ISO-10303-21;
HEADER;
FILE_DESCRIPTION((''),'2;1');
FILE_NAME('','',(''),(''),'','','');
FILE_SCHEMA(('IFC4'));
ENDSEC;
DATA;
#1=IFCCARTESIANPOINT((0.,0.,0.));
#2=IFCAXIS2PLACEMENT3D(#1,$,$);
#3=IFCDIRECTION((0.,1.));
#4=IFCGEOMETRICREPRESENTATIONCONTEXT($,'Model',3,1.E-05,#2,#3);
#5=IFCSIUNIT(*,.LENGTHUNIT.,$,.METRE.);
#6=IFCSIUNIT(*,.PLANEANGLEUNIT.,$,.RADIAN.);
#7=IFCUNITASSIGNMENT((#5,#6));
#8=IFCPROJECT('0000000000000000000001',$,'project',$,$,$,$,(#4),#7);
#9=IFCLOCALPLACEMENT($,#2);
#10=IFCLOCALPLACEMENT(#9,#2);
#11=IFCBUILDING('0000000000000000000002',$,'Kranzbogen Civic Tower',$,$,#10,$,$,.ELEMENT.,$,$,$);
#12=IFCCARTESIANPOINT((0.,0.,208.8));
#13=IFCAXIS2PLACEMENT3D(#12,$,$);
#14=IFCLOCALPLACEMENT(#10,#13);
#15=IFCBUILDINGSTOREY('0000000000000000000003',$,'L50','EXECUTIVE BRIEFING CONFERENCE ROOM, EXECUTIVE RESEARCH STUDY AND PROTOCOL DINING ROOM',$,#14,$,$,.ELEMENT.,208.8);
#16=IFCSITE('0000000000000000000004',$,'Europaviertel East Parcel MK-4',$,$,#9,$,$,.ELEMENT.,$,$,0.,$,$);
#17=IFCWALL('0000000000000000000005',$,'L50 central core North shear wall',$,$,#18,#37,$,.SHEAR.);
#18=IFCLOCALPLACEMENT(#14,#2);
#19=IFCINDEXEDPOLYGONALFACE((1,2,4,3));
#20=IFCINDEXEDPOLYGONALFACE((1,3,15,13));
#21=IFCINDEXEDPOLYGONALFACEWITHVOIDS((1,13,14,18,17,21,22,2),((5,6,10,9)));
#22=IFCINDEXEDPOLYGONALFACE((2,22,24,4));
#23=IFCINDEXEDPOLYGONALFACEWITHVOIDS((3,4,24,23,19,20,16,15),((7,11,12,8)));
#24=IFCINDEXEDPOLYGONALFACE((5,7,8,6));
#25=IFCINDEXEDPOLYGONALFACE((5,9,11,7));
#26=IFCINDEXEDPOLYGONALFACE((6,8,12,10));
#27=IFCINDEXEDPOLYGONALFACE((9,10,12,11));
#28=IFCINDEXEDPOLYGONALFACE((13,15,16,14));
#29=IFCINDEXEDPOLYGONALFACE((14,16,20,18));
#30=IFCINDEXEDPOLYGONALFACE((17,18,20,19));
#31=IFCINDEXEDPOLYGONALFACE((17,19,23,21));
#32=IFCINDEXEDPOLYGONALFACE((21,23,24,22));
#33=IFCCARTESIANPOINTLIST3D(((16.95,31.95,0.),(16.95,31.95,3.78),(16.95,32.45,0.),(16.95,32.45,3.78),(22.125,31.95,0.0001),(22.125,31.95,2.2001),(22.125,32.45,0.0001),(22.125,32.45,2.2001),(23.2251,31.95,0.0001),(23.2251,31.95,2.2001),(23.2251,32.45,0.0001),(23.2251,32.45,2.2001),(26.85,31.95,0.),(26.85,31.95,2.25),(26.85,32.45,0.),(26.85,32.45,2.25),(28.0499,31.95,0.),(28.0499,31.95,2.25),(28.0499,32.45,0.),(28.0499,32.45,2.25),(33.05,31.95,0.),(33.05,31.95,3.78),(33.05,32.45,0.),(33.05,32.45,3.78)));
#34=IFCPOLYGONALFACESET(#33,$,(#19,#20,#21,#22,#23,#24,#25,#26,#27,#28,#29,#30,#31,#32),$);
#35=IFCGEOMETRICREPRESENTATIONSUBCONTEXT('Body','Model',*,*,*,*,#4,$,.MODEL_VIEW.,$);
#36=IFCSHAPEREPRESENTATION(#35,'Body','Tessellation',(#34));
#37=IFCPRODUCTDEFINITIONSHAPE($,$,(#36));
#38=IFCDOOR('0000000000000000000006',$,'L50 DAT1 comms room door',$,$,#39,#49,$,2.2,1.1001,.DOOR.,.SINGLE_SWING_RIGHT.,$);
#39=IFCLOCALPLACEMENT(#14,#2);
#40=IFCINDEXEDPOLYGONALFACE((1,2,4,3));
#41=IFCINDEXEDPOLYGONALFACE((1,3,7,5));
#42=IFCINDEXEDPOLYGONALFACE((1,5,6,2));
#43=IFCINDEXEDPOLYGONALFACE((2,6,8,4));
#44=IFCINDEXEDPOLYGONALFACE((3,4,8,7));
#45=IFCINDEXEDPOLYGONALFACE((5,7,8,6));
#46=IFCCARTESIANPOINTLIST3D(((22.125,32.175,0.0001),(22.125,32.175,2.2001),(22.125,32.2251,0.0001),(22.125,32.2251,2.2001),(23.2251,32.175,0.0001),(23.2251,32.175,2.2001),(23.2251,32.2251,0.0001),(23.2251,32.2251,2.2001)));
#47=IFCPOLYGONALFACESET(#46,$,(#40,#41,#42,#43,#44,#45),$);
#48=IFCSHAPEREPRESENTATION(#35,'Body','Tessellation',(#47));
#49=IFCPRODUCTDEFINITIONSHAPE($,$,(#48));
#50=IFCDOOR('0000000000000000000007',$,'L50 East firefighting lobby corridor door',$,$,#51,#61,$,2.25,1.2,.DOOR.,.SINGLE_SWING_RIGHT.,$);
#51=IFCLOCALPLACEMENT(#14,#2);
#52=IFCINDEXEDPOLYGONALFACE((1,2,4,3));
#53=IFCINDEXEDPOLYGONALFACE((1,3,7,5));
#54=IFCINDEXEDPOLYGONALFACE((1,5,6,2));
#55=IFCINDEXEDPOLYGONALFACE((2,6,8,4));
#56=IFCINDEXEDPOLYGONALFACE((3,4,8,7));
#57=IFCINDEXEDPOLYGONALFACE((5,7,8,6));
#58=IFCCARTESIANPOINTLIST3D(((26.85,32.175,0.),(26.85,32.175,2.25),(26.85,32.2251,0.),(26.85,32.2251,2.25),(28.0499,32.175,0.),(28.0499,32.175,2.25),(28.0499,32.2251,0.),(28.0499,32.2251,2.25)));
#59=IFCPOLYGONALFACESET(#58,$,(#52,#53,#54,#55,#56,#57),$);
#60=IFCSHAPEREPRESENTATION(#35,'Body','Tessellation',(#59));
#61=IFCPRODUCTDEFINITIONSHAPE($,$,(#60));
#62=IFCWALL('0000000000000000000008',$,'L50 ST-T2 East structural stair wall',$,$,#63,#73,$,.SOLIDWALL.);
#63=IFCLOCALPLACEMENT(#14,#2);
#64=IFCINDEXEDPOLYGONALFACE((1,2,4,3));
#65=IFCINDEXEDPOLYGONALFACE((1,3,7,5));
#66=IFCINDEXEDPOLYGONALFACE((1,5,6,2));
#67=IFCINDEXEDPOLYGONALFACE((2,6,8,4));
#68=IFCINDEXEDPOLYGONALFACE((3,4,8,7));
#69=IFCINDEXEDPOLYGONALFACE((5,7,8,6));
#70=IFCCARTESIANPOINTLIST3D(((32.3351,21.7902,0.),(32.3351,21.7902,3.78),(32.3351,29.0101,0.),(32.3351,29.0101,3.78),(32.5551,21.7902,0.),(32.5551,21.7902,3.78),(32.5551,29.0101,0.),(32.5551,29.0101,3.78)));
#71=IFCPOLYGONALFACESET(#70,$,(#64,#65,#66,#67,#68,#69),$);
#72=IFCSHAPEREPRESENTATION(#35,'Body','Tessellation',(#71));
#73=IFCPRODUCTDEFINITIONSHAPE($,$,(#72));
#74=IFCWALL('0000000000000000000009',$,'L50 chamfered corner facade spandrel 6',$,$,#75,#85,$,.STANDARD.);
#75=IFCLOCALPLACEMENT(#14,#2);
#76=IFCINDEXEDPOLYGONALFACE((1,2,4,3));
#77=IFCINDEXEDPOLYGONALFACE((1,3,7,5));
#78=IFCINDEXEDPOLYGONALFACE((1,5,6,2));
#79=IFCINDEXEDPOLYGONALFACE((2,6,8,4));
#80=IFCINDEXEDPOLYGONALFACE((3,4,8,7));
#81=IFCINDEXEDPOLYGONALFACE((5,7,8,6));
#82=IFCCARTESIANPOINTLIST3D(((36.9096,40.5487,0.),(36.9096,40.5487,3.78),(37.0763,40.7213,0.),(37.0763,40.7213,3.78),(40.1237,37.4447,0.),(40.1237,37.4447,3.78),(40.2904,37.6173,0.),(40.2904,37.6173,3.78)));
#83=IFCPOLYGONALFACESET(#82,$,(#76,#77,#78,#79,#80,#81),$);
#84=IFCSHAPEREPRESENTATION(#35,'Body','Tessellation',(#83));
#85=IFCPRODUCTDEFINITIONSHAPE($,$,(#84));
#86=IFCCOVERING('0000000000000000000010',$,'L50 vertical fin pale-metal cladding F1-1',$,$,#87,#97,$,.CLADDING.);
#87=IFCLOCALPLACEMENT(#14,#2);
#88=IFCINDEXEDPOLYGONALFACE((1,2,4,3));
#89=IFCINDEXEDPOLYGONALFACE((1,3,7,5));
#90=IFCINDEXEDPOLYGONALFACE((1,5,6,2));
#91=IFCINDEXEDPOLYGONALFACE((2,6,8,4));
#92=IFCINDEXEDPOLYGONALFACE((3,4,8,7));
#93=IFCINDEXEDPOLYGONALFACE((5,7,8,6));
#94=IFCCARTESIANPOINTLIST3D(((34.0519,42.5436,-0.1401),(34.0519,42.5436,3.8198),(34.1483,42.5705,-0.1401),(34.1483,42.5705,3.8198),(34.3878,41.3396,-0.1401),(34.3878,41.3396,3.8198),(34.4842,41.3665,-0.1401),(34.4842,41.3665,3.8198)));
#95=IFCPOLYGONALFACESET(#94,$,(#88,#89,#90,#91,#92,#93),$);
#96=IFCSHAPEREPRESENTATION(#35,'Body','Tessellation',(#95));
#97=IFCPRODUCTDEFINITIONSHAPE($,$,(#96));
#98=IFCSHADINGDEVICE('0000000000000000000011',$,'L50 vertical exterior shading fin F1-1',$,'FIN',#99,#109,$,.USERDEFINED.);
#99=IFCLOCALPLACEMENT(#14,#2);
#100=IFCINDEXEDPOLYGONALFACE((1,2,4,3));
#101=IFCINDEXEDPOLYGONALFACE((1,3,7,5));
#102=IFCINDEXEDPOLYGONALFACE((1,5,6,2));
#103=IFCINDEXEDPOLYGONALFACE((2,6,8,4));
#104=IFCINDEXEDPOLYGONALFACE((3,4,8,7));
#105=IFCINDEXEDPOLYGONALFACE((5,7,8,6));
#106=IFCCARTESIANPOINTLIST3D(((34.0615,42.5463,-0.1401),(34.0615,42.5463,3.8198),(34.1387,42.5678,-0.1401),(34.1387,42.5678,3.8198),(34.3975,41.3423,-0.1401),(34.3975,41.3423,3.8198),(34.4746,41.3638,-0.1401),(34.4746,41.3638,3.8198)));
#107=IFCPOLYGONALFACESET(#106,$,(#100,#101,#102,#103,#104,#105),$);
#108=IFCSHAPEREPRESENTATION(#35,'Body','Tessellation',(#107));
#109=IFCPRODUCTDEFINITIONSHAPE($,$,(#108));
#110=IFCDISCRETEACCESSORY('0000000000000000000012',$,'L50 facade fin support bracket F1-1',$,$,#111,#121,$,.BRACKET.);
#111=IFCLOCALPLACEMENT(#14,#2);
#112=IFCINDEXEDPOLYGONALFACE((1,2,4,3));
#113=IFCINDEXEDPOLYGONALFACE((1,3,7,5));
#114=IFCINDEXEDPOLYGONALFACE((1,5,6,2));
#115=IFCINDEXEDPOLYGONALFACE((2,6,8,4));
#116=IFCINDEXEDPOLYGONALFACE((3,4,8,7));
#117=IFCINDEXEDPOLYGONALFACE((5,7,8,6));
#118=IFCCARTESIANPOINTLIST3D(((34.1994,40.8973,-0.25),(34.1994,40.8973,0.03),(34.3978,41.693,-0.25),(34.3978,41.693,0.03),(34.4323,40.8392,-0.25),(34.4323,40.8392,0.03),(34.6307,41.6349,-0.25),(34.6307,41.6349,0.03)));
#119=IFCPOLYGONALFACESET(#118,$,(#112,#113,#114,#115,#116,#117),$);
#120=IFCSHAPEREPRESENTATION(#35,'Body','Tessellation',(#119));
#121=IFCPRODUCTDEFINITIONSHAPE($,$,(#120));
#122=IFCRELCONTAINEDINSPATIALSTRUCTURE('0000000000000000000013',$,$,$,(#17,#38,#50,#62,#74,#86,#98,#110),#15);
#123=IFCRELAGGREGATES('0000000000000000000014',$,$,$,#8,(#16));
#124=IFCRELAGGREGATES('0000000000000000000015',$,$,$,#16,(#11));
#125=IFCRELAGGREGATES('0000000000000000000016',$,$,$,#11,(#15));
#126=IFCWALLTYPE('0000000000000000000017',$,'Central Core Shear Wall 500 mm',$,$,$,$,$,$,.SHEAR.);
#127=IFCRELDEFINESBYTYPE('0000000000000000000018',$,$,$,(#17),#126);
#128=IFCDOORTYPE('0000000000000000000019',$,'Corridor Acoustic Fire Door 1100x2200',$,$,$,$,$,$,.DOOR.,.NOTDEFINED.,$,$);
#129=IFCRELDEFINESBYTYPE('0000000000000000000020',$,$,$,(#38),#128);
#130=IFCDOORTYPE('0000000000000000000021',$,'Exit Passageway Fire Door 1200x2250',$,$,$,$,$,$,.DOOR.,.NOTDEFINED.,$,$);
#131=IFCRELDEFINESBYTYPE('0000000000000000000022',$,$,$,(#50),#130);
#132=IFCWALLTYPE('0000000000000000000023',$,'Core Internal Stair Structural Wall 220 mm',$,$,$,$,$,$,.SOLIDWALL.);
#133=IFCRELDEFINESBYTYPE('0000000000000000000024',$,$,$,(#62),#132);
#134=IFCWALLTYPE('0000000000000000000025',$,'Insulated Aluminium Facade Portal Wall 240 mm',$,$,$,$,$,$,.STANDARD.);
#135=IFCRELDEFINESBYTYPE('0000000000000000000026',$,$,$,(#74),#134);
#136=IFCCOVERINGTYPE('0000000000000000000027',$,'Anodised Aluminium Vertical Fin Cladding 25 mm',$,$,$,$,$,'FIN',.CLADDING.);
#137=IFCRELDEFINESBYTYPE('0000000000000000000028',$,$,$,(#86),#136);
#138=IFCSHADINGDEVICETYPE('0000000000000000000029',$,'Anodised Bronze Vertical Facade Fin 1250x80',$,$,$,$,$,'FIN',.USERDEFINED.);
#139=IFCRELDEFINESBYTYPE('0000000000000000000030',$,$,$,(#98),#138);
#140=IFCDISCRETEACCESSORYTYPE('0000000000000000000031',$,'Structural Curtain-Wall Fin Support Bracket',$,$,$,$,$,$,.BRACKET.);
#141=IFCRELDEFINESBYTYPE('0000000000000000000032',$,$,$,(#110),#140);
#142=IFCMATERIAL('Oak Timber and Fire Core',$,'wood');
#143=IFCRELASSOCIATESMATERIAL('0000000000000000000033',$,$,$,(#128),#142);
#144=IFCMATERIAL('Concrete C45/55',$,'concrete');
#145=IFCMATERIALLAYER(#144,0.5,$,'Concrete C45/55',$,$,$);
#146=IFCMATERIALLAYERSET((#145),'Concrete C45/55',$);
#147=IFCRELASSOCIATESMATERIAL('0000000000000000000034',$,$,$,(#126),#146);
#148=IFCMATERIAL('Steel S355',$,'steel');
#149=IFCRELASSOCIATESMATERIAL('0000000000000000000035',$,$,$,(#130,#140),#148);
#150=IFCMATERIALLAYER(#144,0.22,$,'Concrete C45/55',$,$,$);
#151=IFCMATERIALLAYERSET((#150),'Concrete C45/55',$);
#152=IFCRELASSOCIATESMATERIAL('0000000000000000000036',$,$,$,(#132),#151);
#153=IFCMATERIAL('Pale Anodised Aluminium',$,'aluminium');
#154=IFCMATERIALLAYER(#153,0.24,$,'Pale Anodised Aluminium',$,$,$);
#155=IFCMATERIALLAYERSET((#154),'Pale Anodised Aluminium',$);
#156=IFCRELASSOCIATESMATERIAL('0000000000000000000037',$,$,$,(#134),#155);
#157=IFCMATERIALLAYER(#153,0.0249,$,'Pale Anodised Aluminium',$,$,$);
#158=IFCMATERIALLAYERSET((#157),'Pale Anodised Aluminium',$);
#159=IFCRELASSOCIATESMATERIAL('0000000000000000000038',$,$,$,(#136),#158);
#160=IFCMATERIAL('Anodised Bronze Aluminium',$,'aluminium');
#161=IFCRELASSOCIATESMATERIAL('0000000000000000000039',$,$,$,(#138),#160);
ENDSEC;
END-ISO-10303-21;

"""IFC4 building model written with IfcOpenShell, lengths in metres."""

from ifc_helpers import new_model, si_unit, direction, frame, frame_2d, origin, origin_2d, place, context, subcontext, project, spatial, rectangle, extrude, material, layer, layer_set, type_object, element, fill, save


model = new_model("IFC4")

# Units and contexts
model_context = context("Model", 3, precision=1e-05, world=origin(), true_north=direction((0.0, 1.0)))
body_context = subcontext(model_context, "Body", "Model", "MODEL_VIEW")
ifc_project = project(units=[si_unit("LENGTHUNIT", "METRE"), si_unit("PLANEANGLEUNIT", "RADIAN")], contexts=[model_context])

# Site, building, storey
site_placement = place(None, origin())
site = spatial("IfcSite", under=ifc_project, at=site_placement, Name="Europaviertel East Parcel MK-4", CompositionType="ELEMENT", RefElevation=0.0)
building_placement = place(site_placement, origin())
building = spatial("IfcBuilding", under=site, at=building_placement, Name="Kranzbogen Civic Tower", CompositionType="ELEMENT")
storey_placement = place(building_placement, frame((0.0, 0.0, 208.8)))
storey = spatial("IfcBuildingStorey", under=building, at=storey_placement, Name="L50", Description="EXECUTIVE BRIEFING CONFERENCE ROOM, EXECUTIVE RESEARCH STUDY AND PROTOCOL DINING ROOM", CompositionType="ELEMENT", Elevation=208.8)

# Shared definitions
ifc_material_1 = material(Name="Steel S355", Category="steel")

# Shared definitions
ifc_material_2 = material(Name="Pale Anodised Aluminium", Category="aluminium")

# Shared definitions
ifc_material_3 = material(Name="Oak Timber and Fire Core", Category="wood")
door_type_1 = type_object("IfcDoorType", Name="Corridor Acoustic Fire Door 1100x2200", OperationType="NOTDEFINED", PredefinedType="DOOR", material=ifc_material_3)

# Wall, openings, doors
ifc_material_4 = material(Name="Concrete C45/55", Category="concrete")
ifc_layer_1 = layer(ifc_material_4, 0.5, Name="Concrete C45/55")
ifc_layer_set_1 = layer_set([ifc_layer_1], Name="Concrete C45/55")
wall_type_1 = type_object("IfcWallType", Name="Central Core Shear Wall 500 mm", PredefinedType="SHEAR", material=ifc_layer_set_1)
wall_1_placement = place(storey_placement, frame((33.05, 32.2, 0.0), z_axis=(0.0, 0.0, 1.0), x_axis=(-1.0, 0.0, 0.0)))
wall_1 = element("IfcWall", 1, at=wall_1_placement, inside=storey, type_object=wall_type_1, Name="L50 central core North shear wall", PredefinedType="SHEAR", context=body_context, shape_type="SweptSolid", body=[
    extrude(rectangle(XDim=16.1001, YDim=0.5, at=frame_2d((8.05, 0.0))), origin(), (0.0, 0.0, 1.0), 3.78),
])
opening_1_placement = place(wall_1_placement, frame((5.0, 0.0, 0.0)))
opening_1 = element("IfcOpeningElement", 2, at=opening_1_placement, cuts=wall_1, PredefinedType="OPENING", context=body_context, shape_type="SweptSolid", body=[
    extrude(rectangle(XDim=1.2, YDim=2.25, at=frame_2d((0.6001, 1.125))), frame((0.0, 0.26, 0.0), z_axis=(0.0, -1.0, 0.0), x_axis=(1.0, 0.0, 0.0)), (0.0, 0.0, 1.0), 0.52),
])
opening_2_placement = place(wall_1_placement, frame((9.825, 0.0, 0.0)))
opening_2 = element("IfcOpeningElement", 3, at=opening_2_placement, cuts=wall_1, PredefinedType="OPENING", context=body_context, shape_type="SweptSolid", body=[
    extrude(rectangle(XDim=1.1001, YDim=2.2, at=frame_2d((0.55, 1.1001))), frame((0.0, 0.26, 0.0), z_axis=(0.0, -1.0, 0.0), x_axis=(1.0, 0.0, 0.0)), (0.0, 0.0, 1.0), 0.52),
])
door_1_placement = place(opening_2_placement, origin())
door_1 = element("IfcDoor", 4, at=door_1_placement, inside=storey, type_object=door_type_1, Name="L50 DAT1 comms room door", OperationType="SINGLE_SWING_RIGHT", OverallHeight=2.2, OverallWidth=1.1001, PredefinedType="DOOR", context=body_context, shape_type="SweptSolid", body=[
    extrude(rectangle(XDim=1.1001, YDim=2.2, at=frame_2d((0.55, 1.1001))), frame((0.0, 0.0249, 0.0), z_axis=(0.0, -1.0, 0.0), x_axis=(1.0, 0.0, 0.0)), (0.0, 0.0, 1.0), 0.05),
])
fill(opening_2, door_1)
door_type_2 = type_object("IfcDoorType", Name="Exit Passageway Fire Door 1200x2250", OperationType="NOTDEFINED", PredefinedType="DOOR", material=ifc_material_1)
door_2_placement = place(opening_1_placement, origin())
door_2 = element("IfcDoor", 5, at=door_2_placement, inside=storey, type_object=door_type_2, Name="L50 East firefighting lobby corridor door", OperationType="SINGLE_SWING_RIGHT", OverallHeight=2.25, OverallWidth=1.2, PredefinedType="DOOR", context=body_context, shape_type="SweptSolid", body=[
    extrude(rectangle(XDim=1.2, YDim=2.25, at=frame_2d((0.6001, 1.125))), frame((0.0, 0.0249, 0.0), z_axis=(0.0, -1.0, 0.0), x_axis=(1.0, 0.0, 0.0)), (0.0, 0.0, 1.0), 0.05),
])
fill(opening_1, door_2)

# Walls
ifc_layer_2 = layer(ifc_material_4, 0.22, Name="Concrete C45/55")
ifc_layer_set_2 = layer_set([ifc_layer_2], Name="Concrete C45/55")
wall_type_2 = type_object("IfcWallType", Name="Core Internal Stair Structural Wall 220 mm", PredefinedType="SOLIDWALL", material=ifc_layer_set_2)
wall_2_placement = place(storey_placement, frame((32.4451, 29.01, 0.0), z_axis=(0.0, 0.0, 1.0), x_axis=(0.0, -1.0, 0.0)))
element("IfcWall", 6, at=wall_2_placement, inside=storey, type_object=wall_type_2, Name="L50 ST-T2 East structural stair wall", PredefinedType="SOLIDWALL", context=body_context, shape_type="SweptSolid", body=[
    extrude(rectangle(XDim=7.22, YDim=0.22, at=frame_2d((3.6099, 0.0))), origin(), (0.0, 0.0, 1.0), 3.78),
])
ifc_layer_3 = layer(ifc_material_2, 0.24, Name="Pale Anodised Aluminium")
ifc_layer_set_3 = layer_set([ifc_layer_3], Name="Pale Anodised Aluminium")
wall_type_3 = type_object("IfcWallType", Name="Insulated Aluminium Facade Portal Wall 240 mm", PredefinedType="STANDARD", material=ifc_layer_set_3)
wall_3_placement = place(storey_placement, frame((40.207, 37.531, 0.0), z_axis=(0.0, 0.0, 1.0), x_axis=(-0.71932, 0.694678, 0.0)))
element("IfcWall", 7, at=wall_3_placement, inside=storey, type_object=wall_type_3, Name="L50 chamfered corner facade spandrel 6", PredefinedType="STANDARD", context=body_context, shape_type="SweptSolid", body=[
    extrude(rectangle(XDim=4.4683, YDim=0.24, at=frame_2d((2.2341, 0.0))), origin(), (0.0, 0.0, 1.0), 3.78),
])

# Covering
ifc_layer_4 = layer(ifc_material_2, 0.0249, Name="Pale Anodised Aluminium")
ifc_layer_set_4 = layer_set([ifc_layer_4], Name="Pale Anodised Aluminium")
covering_type = type_object("IfcCoveringType", Name="Anodised Aluminium Vertical Fin Cladding 25 mm", ElementType="FIN", PredefinedType="CLADDING", material=ifc_layer_set_4)
covering_placement = place(storey_placement, frame((34.2681, 41.9551, -0.1401), z_axis=(0.0, 0.0, 1.0), x_axis=(-0.268735, 0.963214, 0.0)))
element("IfcCovering", 8, at=covering_placement, inside=storey, type_object=covering_type, Name="L50 vertical fin pale-metal cladding F1-1", PredefinedType="CLADDING", context=body_context, shape_type="SweptSolid", body=[
    extrude(rectangle(XDim=1.25, YDim=0.1001, at=origin_2d()), origin(), (0.0, 0.0, 1.0), 3.96),
])

# Shading device
ifc_material_5 = material(Name="Anodised Bronze Aluminium", Category="aluminium")
shading_device_type = type_object("IfcShadingDeviceType", Name="Anodised Bronze Vertical Facade Fin 1250x80", ElementType="FIN", PredefinedType="USERDEFINED", material=ifc_material_5)
shading_device_placement = place(storey_placement, frame((34.2681, 41.9551, -0.1401), z_axis=(0.0, 0.0, 1.0), x_axis=(-0.268735, 0.963214, 0.0)))
element("IfcShadingDevice", 9, at=shading_device_placement, inside=storey, type_object=shading_device_type, Name="L50 vertical exterior shading fin F1-1", ObjectType="FIN", PredefinedType="USERDEFINED", context=body_context, shape_type="SweptSolid", body=[
    extrude(rectangle(XDim=1.25, YDim=0.0801, at=origin_2d()), origin(), (0.0, 0.0, 1.0), 3.96),
])

# Discrete accessory
discrete_accessory_type = type_object("IfcDiscreteAccessoryType", Name="Structural Curtain-Wall Fin Support Bracket", PredefinedType="BRACKET", material=ifc_material_1)
discrete_accessory_placement = place(storey_placement, frame((34.415, 41.2661, -0.25), z_axis=(0.0, 0.0, 1.0), x_axis=(0.241922, 0.970296, 0.0)))
element("IfcDiscreteAccessory", 10, at=discrete_accessory_placement, inside=storey, type_object=discrete_accessory_type, Name="L50 facade fin support bracket F1-1", PredefinedType="BRACKET", context=body_context, shape_type="SweptSolid", body=[
    extrude(rectangle(XDim=0.8201, YDim=0.24, at=origin_2d()), origin(), (0.0, 0.0, 1.0), 0.28),
])

save(model, "model.ifc")
